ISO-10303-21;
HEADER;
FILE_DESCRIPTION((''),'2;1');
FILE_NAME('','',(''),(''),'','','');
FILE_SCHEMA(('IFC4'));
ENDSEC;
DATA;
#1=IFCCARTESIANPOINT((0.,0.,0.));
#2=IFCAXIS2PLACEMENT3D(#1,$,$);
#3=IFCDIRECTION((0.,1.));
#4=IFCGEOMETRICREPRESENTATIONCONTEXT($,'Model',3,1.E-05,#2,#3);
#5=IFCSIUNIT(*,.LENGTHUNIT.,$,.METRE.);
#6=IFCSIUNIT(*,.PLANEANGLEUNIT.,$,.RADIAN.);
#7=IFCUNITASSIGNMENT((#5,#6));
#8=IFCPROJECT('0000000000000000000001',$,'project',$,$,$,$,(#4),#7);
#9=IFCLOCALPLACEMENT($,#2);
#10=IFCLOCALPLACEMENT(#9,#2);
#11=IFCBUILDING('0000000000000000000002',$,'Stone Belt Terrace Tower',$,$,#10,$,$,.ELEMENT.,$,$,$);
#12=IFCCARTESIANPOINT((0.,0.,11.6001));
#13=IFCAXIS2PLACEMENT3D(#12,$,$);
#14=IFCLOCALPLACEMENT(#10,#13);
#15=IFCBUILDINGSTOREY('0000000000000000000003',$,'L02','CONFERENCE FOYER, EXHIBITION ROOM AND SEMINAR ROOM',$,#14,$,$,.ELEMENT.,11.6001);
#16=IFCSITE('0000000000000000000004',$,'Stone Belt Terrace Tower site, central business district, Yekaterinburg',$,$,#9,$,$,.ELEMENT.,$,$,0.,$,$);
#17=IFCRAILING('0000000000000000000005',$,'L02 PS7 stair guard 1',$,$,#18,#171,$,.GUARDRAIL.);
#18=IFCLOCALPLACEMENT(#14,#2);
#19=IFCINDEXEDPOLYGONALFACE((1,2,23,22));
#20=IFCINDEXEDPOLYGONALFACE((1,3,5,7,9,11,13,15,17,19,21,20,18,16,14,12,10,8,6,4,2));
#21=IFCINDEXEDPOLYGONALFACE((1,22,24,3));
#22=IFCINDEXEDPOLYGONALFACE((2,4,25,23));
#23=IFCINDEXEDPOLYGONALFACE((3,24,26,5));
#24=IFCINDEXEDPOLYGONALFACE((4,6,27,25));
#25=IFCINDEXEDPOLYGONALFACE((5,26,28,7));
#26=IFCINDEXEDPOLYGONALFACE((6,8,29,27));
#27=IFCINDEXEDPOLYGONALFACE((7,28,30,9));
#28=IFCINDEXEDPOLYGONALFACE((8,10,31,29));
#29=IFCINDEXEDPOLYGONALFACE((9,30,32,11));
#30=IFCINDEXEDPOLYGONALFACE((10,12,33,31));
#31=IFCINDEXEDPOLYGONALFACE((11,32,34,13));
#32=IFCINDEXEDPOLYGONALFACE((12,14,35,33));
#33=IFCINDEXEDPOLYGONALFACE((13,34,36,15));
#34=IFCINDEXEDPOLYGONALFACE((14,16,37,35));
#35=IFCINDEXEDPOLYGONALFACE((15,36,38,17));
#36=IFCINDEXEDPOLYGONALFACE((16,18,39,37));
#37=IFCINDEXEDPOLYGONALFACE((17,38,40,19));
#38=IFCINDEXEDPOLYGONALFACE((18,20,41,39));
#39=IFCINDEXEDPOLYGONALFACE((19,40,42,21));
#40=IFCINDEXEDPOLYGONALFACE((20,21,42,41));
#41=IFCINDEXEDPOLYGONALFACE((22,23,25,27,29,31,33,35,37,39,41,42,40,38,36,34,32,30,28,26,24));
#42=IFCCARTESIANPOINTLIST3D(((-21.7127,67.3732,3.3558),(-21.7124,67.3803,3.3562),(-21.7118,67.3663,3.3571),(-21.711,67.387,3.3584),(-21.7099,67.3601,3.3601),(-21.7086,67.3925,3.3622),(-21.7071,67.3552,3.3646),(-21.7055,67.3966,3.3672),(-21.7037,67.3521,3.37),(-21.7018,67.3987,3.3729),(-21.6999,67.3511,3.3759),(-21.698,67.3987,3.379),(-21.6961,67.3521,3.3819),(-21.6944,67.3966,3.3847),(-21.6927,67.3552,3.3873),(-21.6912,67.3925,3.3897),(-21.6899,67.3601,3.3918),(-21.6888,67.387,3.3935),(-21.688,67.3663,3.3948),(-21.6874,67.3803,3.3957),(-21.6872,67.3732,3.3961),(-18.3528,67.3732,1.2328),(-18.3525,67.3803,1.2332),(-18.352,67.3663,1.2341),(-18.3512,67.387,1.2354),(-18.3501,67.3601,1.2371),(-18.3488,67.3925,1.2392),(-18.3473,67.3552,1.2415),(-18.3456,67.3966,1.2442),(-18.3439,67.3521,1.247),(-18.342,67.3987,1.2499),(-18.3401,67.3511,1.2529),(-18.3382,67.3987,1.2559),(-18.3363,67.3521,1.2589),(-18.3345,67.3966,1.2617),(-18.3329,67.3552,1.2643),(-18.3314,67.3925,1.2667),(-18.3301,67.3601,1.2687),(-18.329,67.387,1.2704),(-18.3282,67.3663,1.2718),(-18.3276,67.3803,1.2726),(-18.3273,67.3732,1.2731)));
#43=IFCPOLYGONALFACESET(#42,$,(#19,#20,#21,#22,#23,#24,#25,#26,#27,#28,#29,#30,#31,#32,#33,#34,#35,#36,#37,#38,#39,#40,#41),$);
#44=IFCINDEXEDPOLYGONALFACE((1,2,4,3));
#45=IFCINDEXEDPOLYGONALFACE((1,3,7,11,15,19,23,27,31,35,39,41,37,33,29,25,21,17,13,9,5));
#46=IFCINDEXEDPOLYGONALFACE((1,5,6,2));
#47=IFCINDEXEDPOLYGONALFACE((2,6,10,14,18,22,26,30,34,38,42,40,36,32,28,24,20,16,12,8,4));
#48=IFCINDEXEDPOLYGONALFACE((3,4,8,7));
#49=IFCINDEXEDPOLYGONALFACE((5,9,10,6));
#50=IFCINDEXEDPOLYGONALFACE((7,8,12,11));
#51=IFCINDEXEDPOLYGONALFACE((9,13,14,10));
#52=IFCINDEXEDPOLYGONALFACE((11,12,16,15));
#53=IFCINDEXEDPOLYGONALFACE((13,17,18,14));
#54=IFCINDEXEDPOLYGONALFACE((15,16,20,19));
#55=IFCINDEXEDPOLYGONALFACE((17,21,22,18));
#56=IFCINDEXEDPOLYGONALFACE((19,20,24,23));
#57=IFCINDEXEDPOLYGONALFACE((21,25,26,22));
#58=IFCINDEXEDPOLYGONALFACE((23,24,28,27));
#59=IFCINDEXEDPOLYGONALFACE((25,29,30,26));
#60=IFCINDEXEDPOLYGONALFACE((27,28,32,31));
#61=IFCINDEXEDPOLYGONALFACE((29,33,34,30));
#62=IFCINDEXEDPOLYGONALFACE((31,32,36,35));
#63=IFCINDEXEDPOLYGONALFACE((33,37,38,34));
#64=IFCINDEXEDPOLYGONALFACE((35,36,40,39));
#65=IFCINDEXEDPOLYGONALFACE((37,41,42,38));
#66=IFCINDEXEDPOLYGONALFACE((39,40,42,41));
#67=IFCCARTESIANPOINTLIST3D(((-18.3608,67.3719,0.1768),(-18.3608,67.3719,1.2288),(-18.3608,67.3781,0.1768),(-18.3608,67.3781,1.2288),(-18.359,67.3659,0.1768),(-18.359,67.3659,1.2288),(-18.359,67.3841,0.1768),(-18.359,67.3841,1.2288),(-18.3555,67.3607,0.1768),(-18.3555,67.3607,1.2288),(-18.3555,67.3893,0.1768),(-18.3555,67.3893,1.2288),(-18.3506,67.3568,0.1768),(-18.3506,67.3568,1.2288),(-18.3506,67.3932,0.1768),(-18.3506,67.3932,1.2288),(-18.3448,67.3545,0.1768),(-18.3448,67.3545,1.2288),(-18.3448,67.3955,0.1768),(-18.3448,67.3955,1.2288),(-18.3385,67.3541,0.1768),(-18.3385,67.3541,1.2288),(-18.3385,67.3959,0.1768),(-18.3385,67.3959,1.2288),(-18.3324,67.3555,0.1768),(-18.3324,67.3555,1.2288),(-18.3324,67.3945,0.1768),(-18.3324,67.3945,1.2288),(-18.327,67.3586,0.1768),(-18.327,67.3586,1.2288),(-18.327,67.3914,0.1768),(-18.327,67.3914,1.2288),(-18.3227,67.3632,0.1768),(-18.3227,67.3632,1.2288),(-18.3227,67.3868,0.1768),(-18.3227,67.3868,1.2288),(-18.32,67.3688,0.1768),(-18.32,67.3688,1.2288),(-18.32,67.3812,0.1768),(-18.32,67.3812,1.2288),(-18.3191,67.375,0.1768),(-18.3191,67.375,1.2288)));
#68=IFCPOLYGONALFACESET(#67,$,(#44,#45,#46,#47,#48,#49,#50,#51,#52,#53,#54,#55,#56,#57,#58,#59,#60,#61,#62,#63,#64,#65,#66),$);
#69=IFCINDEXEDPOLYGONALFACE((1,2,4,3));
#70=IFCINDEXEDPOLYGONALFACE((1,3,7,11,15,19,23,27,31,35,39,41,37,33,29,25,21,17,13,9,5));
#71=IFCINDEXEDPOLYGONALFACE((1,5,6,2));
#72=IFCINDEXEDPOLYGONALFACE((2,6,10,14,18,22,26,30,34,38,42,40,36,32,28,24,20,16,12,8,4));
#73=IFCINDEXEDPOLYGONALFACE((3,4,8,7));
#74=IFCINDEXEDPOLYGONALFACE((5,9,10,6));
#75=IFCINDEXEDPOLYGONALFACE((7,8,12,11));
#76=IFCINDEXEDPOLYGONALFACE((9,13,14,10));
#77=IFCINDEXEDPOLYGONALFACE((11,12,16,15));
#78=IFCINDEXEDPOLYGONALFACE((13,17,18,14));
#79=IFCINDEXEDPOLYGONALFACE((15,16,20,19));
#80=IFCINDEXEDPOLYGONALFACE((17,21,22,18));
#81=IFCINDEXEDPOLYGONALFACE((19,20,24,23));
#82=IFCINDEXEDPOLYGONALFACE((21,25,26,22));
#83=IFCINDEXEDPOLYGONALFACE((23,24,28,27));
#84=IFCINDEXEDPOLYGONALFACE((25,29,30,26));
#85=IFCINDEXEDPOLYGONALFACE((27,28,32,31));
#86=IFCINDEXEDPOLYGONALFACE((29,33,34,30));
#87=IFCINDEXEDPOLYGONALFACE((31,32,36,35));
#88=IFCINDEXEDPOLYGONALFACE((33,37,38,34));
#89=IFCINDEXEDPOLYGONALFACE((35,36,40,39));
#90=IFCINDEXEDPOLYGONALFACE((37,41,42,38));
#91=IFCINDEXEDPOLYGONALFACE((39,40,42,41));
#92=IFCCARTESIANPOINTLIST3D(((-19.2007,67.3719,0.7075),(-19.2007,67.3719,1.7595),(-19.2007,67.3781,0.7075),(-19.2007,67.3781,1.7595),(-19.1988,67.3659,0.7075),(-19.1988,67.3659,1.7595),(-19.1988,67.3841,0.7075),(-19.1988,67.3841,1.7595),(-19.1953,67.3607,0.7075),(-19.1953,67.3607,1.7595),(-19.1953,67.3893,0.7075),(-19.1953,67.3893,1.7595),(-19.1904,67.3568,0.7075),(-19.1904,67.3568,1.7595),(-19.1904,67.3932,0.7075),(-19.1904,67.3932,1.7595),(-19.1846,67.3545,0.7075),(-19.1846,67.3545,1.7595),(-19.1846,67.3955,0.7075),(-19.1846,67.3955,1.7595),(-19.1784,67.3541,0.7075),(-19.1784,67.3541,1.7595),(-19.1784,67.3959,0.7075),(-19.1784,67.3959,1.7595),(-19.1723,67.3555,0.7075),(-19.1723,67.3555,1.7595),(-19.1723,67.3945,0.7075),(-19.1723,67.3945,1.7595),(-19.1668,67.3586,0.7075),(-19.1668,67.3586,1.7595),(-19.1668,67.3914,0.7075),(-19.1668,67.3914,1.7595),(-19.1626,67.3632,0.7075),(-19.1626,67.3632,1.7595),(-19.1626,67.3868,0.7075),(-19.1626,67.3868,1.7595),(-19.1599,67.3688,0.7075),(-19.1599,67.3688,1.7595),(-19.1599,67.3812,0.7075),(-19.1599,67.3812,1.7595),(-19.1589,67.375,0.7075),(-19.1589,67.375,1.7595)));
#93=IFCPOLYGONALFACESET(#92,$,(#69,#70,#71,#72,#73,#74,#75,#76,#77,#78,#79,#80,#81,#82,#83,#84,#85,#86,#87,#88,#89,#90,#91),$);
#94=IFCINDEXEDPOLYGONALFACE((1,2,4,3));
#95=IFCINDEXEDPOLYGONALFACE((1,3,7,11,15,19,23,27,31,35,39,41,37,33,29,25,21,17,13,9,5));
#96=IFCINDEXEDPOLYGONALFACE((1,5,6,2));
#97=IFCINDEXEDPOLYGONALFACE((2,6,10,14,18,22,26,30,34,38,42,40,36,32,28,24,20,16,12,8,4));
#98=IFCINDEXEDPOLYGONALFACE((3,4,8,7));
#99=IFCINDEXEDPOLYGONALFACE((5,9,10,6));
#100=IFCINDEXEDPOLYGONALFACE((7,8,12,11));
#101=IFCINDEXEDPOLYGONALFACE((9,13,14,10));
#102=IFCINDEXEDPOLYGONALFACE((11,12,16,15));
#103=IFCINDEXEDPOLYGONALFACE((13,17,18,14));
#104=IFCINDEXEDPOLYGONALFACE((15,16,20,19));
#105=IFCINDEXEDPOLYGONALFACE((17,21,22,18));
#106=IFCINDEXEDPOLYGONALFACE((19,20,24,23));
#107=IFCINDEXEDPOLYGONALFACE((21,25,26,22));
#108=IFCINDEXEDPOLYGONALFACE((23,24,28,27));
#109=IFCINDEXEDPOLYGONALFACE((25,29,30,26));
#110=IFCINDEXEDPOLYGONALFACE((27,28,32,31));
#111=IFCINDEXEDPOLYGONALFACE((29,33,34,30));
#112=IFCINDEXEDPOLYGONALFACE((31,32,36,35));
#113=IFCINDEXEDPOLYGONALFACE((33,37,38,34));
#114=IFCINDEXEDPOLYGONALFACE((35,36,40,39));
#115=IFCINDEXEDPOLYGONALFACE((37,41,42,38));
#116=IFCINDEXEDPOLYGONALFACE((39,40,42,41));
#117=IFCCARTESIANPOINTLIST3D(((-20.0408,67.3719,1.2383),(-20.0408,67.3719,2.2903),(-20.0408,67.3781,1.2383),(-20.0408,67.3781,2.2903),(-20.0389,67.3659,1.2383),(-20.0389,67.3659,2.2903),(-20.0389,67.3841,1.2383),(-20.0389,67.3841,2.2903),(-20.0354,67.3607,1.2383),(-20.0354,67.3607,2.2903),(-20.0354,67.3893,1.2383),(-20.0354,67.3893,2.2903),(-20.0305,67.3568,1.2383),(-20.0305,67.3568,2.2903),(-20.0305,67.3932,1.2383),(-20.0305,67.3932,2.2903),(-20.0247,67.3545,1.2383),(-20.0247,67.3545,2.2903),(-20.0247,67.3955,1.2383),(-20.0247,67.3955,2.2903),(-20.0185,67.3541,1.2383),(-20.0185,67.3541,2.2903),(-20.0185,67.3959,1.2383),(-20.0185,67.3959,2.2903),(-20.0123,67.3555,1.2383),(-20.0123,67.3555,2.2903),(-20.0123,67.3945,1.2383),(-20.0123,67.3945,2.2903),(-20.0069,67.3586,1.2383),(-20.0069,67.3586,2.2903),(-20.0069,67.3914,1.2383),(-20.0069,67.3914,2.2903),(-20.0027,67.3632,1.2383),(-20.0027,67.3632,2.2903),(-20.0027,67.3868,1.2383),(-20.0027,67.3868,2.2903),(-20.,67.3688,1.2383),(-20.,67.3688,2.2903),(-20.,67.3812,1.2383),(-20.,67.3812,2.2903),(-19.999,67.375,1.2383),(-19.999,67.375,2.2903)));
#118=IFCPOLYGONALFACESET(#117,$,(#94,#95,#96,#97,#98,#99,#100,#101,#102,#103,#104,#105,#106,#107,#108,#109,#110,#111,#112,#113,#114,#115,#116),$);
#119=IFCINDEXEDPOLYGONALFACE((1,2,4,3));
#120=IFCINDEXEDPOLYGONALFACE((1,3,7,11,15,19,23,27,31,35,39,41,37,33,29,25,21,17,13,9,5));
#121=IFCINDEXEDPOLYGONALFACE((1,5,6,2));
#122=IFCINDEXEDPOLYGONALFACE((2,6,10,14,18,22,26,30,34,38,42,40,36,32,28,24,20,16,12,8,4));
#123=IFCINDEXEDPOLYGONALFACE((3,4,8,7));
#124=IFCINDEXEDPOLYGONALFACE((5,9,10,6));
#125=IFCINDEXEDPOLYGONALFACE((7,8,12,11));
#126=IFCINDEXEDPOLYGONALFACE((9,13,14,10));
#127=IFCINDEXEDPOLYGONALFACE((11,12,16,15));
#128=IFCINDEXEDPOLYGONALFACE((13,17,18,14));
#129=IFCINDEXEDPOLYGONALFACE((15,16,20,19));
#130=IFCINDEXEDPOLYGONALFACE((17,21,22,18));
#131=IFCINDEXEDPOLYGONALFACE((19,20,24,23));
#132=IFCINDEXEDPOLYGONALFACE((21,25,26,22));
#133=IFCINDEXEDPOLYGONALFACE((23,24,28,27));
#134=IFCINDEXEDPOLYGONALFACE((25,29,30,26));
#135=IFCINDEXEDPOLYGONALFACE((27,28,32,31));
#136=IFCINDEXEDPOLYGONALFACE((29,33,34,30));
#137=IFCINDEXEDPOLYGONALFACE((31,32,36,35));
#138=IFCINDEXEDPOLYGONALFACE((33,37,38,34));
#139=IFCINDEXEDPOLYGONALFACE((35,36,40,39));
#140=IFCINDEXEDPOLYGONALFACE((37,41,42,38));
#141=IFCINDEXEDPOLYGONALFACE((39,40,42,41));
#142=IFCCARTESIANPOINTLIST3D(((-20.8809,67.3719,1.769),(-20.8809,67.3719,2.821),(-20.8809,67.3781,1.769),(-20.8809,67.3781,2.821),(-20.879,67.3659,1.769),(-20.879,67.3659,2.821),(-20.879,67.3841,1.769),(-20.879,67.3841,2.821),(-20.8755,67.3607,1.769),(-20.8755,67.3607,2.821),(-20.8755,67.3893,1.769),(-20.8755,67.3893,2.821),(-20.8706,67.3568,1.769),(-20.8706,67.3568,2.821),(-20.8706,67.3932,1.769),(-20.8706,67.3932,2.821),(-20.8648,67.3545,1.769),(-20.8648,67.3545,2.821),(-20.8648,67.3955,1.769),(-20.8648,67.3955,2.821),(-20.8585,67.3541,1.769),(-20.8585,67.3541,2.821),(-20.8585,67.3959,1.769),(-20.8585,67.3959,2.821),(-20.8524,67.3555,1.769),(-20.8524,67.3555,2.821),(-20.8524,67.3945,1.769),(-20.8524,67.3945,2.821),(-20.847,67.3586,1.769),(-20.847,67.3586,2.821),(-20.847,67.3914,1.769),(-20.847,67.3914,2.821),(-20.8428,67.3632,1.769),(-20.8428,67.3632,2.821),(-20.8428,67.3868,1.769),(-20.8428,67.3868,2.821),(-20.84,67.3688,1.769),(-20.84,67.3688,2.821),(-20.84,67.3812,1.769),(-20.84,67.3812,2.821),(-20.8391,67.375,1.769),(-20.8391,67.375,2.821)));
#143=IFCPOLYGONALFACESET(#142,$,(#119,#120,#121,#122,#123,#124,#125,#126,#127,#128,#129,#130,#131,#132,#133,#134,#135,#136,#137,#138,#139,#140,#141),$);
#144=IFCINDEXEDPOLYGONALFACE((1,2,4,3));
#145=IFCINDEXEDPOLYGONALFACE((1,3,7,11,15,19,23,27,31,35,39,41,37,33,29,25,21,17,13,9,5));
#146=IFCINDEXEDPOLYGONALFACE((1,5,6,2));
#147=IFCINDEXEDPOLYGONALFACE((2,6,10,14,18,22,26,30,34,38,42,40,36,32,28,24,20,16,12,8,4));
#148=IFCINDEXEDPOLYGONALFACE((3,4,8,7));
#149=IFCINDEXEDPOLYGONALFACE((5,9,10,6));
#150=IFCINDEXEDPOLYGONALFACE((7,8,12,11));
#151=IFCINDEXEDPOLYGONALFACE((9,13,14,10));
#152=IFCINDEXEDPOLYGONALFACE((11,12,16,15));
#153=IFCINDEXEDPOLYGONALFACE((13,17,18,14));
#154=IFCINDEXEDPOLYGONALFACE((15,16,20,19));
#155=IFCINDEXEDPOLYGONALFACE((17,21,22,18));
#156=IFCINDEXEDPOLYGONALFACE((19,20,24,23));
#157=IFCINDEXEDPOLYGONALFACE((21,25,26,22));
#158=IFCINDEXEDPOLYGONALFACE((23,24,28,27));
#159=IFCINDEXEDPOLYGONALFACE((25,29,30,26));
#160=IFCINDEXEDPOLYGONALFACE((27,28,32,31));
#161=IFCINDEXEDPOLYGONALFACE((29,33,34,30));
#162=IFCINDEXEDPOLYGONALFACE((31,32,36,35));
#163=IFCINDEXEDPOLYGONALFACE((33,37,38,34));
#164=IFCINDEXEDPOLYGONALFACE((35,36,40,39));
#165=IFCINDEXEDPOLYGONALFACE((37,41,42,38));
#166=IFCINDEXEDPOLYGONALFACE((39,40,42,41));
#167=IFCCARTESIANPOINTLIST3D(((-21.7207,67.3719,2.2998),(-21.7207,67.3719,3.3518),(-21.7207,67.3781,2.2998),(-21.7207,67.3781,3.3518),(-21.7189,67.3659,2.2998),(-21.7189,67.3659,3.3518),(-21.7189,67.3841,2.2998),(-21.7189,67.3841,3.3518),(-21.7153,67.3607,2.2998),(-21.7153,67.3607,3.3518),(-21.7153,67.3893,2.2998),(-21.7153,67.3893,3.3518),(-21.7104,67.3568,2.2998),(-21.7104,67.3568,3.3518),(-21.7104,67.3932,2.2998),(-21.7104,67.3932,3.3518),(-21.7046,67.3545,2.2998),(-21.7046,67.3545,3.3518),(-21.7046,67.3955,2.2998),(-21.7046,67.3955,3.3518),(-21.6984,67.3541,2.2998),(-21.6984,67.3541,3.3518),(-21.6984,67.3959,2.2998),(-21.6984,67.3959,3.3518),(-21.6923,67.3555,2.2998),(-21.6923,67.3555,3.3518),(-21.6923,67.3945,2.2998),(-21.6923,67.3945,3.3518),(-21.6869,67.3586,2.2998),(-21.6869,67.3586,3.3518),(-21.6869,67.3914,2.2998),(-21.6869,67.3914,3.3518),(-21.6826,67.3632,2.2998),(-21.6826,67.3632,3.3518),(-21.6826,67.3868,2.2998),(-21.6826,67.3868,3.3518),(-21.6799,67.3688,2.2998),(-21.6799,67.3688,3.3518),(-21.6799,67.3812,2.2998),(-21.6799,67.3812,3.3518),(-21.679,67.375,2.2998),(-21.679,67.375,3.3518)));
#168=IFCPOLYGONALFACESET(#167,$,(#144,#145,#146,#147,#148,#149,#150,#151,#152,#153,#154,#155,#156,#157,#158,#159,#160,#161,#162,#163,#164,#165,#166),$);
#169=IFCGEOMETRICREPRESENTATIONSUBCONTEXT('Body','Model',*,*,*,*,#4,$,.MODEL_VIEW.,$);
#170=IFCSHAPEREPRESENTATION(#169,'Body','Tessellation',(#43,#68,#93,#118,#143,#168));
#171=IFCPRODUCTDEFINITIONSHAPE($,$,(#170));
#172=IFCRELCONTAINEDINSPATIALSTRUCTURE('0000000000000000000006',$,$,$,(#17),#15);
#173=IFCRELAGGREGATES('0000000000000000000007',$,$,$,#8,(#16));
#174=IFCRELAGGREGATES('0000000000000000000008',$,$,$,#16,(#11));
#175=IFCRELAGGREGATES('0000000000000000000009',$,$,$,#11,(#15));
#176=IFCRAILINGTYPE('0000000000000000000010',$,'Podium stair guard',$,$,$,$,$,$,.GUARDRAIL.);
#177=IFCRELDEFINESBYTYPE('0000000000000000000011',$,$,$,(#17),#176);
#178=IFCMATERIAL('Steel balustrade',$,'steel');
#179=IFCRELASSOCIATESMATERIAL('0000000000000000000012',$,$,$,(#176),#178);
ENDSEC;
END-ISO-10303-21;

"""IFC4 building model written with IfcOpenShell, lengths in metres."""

from ifc_helpers import new_model, si_unit, direction, frame, origin, origin_2d, place, context, subcontext, project, spatial, circle, extrude, material, type_object, element, save


model = new_model("IFC4")

# Units and contexts
model_context = context("Model", 3, precision=1e-05, world=origin(), true_north=direction((0.0, 1.0)))
body_context = subcontext(model_context, "Body", "Model", "MODEL_VIEW")
ifc_project = project(units=[si_unit("LENGTHUNIT", "METRE"), si_unit("PLANEANGLEUNIT", "RADIAN")], contexts=[model_context])

# Site, building, storey
site_placement = place(None, origin())
site = spatial("IfcSite", under=ifc_project, at=site_placement, Name="Stone Belt Terrace Tower site, central business district, Yekaterinburg", CompositionType="ELEMENT", RefElevation=0.0)
building_placement = place(site_placement, origin())
building = spatial("IfcBuilding", under=site, at=building_placement, Name="Stone Belt Terrace Tower", CompositionType="ELEMENT")
storey_placement = place(building_placement, frame((0.0, 0.0, 11.6001)))
storey = spatial("IfcBuildingStorey", under=building, at=storey_placement, Name="L02", Description="CONFERENCE FOYER, EXHIBITION ROOM AND SEMINAR ROOM", CompositionType="ELEMENT", Elevation=11.6001)

# Railing
ifc_material_1 = material(Name="Steel balustrade", Category="steel")
railing_type_1 = type_object("IfcRailingType", Name="Podium stair guard", PredefinedType="GUARDRAIL", material=ifc_material_1)
railing_1_placement = place(storey_placement, frame((-18.3401, 67.375, 0.1768)))
element("IfcRailing", 1, at=railing_1_placement, inside=storey, type_object=railing_type_1, Name="L02 PS7 stair guard 1", PredefinedType="GUARDRAIL", context=body_context, shape_type="SweptSolid", body=[
    extrude(circle(Radius=0.0239, at=origin_2d()), frame((0.0, 0.0, 1.0762), z_axis=(-0.845372, 0.0, 0.534178), x_axis=(0.0, -1.0, 0.0)), (0.0, 0.0, 1.0), 3.9744),
    extrude(circle(Radius=0.021, at=origin_2d()), origin(), (0.0, 0.0, 1.0), 1.052),
    extrude(circle(Radius=0.021, at=origin_2d()), frame((-0.8398, 0.0, 0.5308)), (0.0, 0.0, 1.0), 1.052),
    extrude(circle(Radius=0.021, at=origin_2d()), frame((-1.6799, 0.0, 1.0615)), (0.0, 0.0, 1.0), 1.052),
    extrude(circle(Radius=0.021, at=origin_2d()), frame((-2.52, 0.0, 1.5923)), (0.0, 0.0, 1.0), 1.052),
    extrude(circle(Radius=0.021, at=origin_2d()), frame((-3.3599, 0.0, 2.123)), (0.0, 0.0, 1.0), 1.052),
])

save(model, "model.ifc")
